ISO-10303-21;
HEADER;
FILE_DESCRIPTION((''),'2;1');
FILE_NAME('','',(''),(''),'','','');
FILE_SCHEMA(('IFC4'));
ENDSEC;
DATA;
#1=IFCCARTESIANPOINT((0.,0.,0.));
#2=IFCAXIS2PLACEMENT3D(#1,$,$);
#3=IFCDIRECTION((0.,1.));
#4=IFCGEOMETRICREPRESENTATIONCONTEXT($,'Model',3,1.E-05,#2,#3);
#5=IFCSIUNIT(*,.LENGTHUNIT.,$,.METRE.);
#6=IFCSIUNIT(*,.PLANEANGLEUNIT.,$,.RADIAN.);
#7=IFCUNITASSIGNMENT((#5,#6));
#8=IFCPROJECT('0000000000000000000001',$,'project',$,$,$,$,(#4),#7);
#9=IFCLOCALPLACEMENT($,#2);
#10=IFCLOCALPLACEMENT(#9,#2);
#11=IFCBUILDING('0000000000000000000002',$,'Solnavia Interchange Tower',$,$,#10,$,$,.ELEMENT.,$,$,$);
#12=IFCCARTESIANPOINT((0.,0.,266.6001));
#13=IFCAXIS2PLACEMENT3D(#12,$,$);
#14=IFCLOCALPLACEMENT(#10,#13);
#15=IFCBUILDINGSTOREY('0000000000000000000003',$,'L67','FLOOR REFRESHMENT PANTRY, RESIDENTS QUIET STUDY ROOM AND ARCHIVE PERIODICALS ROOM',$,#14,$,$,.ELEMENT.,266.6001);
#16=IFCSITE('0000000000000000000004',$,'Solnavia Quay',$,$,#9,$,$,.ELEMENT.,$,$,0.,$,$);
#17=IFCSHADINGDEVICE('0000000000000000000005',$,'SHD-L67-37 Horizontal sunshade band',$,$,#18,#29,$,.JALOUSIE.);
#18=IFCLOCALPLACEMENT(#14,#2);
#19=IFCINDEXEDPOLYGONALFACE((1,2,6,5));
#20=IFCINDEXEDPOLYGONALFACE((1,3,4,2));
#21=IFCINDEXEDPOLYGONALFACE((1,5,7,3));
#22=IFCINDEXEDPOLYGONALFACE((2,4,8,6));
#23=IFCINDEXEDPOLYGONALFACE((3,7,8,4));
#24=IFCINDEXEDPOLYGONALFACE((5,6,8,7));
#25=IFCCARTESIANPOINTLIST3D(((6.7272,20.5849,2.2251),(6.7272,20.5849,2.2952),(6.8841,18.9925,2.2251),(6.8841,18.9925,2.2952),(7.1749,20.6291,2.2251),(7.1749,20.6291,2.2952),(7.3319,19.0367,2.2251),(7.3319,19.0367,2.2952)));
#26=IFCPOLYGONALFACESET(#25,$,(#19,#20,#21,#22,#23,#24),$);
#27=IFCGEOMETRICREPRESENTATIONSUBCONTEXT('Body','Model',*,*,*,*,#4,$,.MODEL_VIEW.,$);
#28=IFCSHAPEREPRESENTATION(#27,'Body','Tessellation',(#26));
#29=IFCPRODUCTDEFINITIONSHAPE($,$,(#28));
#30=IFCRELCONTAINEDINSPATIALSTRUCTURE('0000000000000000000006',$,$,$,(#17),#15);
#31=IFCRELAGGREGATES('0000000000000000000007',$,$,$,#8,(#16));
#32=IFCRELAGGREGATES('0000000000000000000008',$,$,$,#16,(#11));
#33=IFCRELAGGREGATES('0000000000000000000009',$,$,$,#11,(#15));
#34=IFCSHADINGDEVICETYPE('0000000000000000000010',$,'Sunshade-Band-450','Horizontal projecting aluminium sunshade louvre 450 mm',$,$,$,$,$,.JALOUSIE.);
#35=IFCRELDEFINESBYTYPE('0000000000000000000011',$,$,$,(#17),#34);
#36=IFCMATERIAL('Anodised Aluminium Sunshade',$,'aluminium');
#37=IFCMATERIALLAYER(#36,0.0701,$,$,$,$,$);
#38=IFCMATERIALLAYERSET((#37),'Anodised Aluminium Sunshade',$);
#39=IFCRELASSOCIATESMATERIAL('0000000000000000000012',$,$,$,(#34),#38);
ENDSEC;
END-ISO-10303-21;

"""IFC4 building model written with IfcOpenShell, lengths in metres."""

from ifc_helpers import new_model, si_unit, direction, frame, origin, origin_2d, place, context, subcontext, project, spatial, rectangle, extrude, material, layer, layer_set, type_object, element, save


model = new_model("IFC4")

# Units and contexts
model_context = context("Model", 3, precision=1e-05, world=origin(), true_north=direction((0.0, 1.0)))
body_context = subcontext(model_context, "Body", "Model", "MODEL_VIEW")
ifc_project = project(units=[si_unit("LENGTHUNIT", "METRE"), si_unit("PLANEANGLEUNIT", "RADIAN")], contexts=[model_context])

# Site, building, storey
site_placement = place(None, origin())
site = spatial("IfcSite", under=ifc_project, at=site_placement, Name="Solnavia Quay", CompositionType="ELEMENT", RefElevation=0.0)
building_placement = place(site_placement, origin())
building = spatial("IfcBuilding", under=site, at=building_placement, Name="Solnavia Interchange Tower", CompositionType="ELEMENT")
storey_placement = place(building_placement, frame((0.0, 0.0, 266.6001)))
storey = spatial("IfcBuildingStorey", under=building, at=storey_placement, Name="L67", Description="FLOOR REFRESHMENT PANTRY, RESIDENTS QUIET STUDY ROOM AND ARCHIVE PERIODICALS ROOM", CompositionType="ELEMENT", Elevation=266.6001)

# Shading device
ifc_material_1 = material(Name="Anodised Aluminium Sunshade", Category="aluminium")
ifc_layer_1 = layer(ifc_material_1, 0.0701)
ifc_layer_set_1 = layer_set([ifc_layer_1], Name="Anodised Aluminium Sunshade")
shading_device_type = type_object("IfcShadingDeviceType", Name="Sunshade-Band-450", Description="Horizontal projecting aluminium sunshade louvre 450 mm", PredefinedType="JALOUSIE", material=ifc_layer_set_1)
shading_device_placement = place(storey_placement, frame((7.0295, 19.8108, 2.2251), z_axis=(0.0, 0.0, 1.0), x_axis=(-0.098104, 0.995176, 0.0)))
element("IfcShadingDevice", 1, at=shading_device_placement, inside=storey, type_object=shading_device_type, Name="SHD-L67-37 Horizontal sunshade band", PredefinedType="JALOUSIE", context=body_context, shape_type="SweptSolid", body=[
    extrude(rectangle(XDim=1.6001, YDim=0.45, at=origin_2d()), origin(), (0.0, 0.0, 1.0), 0.0701),
])

save(model, "model.ifc")
